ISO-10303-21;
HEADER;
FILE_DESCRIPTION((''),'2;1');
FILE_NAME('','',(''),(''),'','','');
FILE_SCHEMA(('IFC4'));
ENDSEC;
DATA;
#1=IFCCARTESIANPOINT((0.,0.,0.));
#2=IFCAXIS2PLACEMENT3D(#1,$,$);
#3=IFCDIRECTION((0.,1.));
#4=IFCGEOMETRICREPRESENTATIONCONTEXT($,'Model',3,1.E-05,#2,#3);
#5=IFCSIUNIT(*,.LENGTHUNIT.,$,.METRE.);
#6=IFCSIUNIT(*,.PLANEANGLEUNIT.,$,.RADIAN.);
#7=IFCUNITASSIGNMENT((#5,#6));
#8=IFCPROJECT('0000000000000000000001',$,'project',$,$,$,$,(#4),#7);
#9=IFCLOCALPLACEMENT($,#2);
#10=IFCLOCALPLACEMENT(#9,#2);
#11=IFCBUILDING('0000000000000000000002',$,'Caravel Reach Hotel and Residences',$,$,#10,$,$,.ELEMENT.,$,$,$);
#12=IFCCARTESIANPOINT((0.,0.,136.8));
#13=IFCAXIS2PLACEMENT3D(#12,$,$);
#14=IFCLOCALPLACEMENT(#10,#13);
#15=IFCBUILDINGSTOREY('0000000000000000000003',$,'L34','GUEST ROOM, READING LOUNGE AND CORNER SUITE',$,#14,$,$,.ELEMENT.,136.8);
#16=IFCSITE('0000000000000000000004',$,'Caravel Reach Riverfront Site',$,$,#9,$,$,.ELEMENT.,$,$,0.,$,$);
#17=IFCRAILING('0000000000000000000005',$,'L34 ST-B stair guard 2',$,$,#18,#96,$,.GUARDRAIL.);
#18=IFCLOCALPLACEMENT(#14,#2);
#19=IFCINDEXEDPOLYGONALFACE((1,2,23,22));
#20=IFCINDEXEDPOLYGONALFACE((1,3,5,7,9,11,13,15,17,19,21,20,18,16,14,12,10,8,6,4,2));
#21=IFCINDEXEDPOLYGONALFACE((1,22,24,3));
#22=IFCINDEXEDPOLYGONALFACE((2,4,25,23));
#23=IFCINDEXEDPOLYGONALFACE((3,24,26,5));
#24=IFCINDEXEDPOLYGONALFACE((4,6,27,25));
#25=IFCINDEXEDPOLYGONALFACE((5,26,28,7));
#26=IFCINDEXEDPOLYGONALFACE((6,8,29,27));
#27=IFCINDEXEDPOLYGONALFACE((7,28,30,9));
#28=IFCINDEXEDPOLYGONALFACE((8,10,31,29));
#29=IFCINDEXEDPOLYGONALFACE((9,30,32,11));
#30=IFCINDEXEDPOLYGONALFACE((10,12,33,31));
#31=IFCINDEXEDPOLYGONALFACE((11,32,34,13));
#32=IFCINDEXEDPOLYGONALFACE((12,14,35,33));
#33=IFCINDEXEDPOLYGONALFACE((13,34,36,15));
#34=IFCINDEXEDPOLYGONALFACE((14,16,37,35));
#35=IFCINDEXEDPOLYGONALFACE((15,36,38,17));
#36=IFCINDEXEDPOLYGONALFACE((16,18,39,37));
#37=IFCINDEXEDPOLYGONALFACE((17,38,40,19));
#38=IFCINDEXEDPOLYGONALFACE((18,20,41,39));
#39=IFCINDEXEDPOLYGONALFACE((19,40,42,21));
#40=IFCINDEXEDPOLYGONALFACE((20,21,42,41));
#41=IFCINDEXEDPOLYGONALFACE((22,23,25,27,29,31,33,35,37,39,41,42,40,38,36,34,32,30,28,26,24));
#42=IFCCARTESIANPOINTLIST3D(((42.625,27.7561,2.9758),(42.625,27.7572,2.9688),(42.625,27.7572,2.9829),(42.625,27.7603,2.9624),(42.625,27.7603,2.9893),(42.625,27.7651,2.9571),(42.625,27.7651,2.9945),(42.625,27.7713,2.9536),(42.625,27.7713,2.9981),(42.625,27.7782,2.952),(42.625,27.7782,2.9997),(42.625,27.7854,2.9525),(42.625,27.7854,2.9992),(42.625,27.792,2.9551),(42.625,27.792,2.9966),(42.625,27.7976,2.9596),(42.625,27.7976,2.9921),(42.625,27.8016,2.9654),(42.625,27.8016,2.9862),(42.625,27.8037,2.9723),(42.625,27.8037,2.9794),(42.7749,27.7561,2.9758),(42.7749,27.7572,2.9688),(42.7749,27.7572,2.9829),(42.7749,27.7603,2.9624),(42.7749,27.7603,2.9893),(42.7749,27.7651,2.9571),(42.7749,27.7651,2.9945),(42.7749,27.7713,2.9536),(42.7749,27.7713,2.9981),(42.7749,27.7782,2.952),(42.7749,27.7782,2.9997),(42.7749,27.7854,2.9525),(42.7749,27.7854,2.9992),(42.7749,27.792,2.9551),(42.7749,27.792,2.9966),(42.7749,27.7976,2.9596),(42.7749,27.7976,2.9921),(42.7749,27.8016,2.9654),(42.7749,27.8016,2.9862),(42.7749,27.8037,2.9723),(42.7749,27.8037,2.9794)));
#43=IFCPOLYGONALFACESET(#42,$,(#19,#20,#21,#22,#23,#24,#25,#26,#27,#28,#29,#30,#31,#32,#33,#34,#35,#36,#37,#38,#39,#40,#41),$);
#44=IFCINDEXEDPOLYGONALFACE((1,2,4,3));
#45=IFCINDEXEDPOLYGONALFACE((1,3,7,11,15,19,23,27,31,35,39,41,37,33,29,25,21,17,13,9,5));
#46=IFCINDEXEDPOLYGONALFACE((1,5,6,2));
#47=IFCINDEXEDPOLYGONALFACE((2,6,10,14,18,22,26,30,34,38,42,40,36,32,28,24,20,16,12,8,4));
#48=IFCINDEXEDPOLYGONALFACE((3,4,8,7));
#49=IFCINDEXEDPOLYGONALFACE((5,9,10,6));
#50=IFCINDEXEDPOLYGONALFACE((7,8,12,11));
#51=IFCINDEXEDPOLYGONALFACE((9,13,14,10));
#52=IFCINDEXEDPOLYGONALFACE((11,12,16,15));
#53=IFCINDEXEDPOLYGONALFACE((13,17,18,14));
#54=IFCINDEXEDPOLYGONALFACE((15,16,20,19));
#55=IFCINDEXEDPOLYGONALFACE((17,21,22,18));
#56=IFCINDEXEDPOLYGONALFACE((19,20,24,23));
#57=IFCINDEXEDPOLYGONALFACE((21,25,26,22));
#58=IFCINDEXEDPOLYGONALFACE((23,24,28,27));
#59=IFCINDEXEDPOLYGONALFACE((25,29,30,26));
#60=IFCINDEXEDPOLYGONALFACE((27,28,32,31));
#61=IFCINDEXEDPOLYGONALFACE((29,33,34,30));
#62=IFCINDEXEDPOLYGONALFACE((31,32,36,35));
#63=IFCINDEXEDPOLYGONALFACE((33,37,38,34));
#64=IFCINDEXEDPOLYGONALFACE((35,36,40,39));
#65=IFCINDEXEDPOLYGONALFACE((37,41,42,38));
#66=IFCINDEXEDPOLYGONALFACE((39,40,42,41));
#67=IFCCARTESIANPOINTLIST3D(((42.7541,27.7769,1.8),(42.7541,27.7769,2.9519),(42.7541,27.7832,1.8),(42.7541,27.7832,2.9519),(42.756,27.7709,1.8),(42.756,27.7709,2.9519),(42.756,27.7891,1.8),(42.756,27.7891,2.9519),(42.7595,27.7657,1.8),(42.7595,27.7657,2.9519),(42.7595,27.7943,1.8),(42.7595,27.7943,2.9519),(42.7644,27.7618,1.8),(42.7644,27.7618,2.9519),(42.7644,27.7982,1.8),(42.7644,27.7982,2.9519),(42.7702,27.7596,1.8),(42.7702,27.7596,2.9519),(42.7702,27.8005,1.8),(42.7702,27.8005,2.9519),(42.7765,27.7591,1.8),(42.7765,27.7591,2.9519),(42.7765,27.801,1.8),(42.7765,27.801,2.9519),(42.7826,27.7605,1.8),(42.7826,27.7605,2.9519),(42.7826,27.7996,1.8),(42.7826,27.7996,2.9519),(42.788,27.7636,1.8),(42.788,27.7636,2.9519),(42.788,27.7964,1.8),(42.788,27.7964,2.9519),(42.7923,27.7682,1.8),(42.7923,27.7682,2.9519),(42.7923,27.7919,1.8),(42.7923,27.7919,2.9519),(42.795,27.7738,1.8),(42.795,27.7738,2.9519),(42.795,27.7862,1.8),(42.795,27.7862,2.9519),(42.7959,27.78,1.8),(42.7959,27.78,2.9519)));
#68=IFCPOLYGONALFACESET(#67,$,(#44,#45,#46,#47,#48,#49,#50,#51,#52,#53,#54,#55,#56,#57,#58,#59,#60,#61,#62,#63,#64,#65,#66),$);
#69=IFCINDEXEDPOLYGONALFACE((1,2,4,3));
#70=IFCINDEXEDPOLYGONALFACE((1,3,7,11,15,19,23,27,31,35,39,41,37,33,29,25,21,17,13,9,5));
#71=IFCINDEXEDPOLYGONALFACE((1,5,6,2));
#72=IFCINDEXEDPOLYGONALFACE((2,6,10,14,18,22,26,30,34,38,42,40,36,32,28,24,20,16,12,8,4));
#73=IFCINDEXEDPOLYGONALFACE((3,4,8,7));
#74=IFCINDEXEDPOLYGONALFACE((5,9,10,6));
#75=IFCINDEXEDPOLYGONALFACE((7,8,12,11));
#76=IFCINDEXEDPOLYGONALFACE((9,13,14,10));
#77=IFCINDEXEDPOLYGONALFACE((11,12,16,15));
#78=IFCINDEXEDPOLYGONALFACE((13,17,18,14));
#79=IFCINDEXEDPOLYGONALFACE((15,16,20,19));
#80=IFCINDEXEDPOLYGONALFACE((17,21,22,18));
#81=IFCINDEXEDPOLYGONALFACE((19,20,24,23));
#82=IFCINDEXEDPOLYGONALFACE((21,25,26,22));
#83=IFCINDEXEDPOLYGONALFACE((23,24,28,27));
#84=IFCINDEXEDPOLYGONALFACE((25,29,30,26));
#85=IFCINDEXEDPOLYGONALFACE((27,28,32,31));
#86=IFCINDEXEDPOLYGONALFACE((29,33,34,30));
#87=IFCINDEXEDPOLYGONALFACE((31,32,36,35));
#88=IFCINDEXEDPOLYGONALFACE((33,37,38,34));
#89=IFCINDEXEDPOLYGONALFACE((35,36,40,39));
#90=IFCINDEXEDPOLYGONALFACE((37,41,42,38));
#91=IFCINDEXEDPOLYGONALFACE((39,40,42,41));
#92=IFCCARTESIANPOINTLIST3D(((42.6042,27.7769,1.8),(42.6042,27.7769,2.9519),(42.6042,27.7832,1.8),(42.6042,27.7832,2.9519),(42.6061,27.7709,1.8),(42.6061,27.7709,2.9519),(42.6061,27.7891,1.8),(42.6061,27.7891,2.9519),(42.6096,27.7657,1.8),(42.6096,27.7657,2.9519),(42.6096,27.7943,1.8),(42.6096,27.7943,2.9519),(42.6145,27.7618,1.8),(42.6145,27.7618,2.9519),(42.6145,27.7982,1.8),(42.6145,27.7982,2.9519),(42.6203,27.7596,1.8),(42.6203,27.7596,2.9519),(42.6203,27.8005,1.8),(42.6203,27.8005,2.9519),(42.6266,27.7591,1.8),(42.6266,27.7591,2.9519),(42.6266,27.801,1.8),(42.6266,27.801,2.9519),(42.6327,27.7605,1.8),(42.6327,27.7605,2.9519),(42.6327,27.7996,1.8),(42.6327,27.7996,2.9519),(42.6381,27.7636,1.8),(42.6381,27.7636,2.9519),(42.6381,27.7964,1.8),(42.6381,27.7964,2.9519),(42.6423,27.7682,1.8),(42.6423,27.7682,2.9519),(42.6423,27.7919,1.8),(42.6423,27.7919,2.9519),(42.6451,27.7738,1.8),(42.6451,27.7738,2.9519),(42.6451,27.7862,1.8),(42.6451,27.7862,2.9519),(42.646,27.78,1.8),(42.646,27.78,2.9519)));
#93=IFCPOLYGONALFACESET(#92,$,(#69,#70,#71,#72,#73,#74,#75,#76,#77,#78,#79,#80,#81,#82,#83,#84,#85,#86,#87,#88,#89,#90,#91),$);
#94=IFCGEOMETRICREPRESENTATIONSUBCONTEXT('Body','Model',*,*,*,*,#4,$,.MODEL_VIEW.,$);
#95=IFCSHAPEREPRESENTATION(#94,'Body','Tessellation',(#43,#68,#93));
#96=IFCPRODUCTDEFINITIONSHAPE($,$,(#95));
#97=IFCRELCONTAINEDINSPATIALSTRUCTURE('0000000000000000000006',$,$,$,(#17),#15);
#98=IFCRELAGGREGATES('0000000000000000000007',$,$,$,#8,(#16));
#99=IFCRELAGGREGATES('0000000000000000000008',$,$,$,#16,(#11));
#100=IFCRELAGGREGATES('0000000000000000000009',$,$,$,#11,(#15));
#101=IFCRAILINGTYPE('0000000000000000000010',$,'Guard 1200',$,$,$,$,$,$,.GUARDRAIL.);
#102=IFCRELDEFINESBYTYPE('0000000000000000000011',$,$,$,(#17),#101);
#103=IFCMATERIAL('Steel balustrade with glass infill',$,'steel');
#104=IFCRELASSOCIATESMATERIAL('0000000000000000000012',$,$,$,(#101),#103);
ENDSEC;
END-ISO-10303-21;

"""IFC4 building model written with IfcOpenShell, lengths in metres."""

from ifc_helpers import new_model, si_unit, direction, frame, origin, origin_2d, place, context, subcontext, project, spatial, circle, extrude, material, type_object, element, save


model = new_model("IFC4")

# Units and contexts
model_context = context("Model", 3, precision=1e-05, world=origin(), true_north=direction((0.0, 1.0)))
body_context = subcontext(model_context, "Body", "Model", "MODEL_VIEW")
ifc_project = project(units=[si_unit("LENGTHUNIT", "METRE"), si_unit("PLANEANGLEUNIT", "RADIAN")], contexts=[model_context])

# Site, building, storey
site_placement = place(None, origin())
site = spatial("IfcSite", under=ifc_project, at=site_placement, Name="Caravel Reach Riverfront Site", CompositionType="ELEMENT", RefElevation=0.0)
building_placement = place(site_placement, origin())
building = spatial("IfcBuilding", under=site, at=building_placement, Name="Caravel Reach Hotel and Residences", CompositionType="ELEMENT")
storey_placement = place(building_placement, frame((0.0, 0.0, 136.8)))
storey = spatial("IfcBuildingStorey", under=building, at=storey_placement, Name="L34", Description="GUEST ROOM, READING LOUNGE AND CORNER SUITE", CompositionType="ELEMENT", Elevation=136.8)

# Railing
ifc_material_1 = material(Name="Steel balustrade with glass infill", Category="steel")
railing_type_1 = type_object("IfcRailingType", Name="Guard 1200", PredefinedType="GUARDRAIL", material=ifc_material_1)
railing_1_placement = place(storey_placement, frame((42.7749, 27.78, 1.8)))
element("IfcRailing", 1, at=railing_1_placement, inside=storey, type_object=railing_type_1, Name="L34 ST-B stair guard 2", PredefinedType="GUARDRAIL", context=body_context, shape_type="SweptSolid", body=[
    extrude(circle(Radius=0.0239, at=origin_2d()), frame((0.0, 0.0, 1.1758), z_axis=(-1.0, 0.0, 0.0), x_axis=(0.0, -1.0, 0.0)), (0.0, 0.0, 1.0), 0.1499),
    extrude(circle(Radius=0.021, at=origin_2d()), origin(), (0.0, 0.0, 1.0), 1.1519),
    extrude(circle(Radius=0.021, at=origin_2d()), frame((-0.1499, 0.0, 0.0)), (0.0, 0.0, 1.0), 1.1519),
])

save(model, "model.ifc")
